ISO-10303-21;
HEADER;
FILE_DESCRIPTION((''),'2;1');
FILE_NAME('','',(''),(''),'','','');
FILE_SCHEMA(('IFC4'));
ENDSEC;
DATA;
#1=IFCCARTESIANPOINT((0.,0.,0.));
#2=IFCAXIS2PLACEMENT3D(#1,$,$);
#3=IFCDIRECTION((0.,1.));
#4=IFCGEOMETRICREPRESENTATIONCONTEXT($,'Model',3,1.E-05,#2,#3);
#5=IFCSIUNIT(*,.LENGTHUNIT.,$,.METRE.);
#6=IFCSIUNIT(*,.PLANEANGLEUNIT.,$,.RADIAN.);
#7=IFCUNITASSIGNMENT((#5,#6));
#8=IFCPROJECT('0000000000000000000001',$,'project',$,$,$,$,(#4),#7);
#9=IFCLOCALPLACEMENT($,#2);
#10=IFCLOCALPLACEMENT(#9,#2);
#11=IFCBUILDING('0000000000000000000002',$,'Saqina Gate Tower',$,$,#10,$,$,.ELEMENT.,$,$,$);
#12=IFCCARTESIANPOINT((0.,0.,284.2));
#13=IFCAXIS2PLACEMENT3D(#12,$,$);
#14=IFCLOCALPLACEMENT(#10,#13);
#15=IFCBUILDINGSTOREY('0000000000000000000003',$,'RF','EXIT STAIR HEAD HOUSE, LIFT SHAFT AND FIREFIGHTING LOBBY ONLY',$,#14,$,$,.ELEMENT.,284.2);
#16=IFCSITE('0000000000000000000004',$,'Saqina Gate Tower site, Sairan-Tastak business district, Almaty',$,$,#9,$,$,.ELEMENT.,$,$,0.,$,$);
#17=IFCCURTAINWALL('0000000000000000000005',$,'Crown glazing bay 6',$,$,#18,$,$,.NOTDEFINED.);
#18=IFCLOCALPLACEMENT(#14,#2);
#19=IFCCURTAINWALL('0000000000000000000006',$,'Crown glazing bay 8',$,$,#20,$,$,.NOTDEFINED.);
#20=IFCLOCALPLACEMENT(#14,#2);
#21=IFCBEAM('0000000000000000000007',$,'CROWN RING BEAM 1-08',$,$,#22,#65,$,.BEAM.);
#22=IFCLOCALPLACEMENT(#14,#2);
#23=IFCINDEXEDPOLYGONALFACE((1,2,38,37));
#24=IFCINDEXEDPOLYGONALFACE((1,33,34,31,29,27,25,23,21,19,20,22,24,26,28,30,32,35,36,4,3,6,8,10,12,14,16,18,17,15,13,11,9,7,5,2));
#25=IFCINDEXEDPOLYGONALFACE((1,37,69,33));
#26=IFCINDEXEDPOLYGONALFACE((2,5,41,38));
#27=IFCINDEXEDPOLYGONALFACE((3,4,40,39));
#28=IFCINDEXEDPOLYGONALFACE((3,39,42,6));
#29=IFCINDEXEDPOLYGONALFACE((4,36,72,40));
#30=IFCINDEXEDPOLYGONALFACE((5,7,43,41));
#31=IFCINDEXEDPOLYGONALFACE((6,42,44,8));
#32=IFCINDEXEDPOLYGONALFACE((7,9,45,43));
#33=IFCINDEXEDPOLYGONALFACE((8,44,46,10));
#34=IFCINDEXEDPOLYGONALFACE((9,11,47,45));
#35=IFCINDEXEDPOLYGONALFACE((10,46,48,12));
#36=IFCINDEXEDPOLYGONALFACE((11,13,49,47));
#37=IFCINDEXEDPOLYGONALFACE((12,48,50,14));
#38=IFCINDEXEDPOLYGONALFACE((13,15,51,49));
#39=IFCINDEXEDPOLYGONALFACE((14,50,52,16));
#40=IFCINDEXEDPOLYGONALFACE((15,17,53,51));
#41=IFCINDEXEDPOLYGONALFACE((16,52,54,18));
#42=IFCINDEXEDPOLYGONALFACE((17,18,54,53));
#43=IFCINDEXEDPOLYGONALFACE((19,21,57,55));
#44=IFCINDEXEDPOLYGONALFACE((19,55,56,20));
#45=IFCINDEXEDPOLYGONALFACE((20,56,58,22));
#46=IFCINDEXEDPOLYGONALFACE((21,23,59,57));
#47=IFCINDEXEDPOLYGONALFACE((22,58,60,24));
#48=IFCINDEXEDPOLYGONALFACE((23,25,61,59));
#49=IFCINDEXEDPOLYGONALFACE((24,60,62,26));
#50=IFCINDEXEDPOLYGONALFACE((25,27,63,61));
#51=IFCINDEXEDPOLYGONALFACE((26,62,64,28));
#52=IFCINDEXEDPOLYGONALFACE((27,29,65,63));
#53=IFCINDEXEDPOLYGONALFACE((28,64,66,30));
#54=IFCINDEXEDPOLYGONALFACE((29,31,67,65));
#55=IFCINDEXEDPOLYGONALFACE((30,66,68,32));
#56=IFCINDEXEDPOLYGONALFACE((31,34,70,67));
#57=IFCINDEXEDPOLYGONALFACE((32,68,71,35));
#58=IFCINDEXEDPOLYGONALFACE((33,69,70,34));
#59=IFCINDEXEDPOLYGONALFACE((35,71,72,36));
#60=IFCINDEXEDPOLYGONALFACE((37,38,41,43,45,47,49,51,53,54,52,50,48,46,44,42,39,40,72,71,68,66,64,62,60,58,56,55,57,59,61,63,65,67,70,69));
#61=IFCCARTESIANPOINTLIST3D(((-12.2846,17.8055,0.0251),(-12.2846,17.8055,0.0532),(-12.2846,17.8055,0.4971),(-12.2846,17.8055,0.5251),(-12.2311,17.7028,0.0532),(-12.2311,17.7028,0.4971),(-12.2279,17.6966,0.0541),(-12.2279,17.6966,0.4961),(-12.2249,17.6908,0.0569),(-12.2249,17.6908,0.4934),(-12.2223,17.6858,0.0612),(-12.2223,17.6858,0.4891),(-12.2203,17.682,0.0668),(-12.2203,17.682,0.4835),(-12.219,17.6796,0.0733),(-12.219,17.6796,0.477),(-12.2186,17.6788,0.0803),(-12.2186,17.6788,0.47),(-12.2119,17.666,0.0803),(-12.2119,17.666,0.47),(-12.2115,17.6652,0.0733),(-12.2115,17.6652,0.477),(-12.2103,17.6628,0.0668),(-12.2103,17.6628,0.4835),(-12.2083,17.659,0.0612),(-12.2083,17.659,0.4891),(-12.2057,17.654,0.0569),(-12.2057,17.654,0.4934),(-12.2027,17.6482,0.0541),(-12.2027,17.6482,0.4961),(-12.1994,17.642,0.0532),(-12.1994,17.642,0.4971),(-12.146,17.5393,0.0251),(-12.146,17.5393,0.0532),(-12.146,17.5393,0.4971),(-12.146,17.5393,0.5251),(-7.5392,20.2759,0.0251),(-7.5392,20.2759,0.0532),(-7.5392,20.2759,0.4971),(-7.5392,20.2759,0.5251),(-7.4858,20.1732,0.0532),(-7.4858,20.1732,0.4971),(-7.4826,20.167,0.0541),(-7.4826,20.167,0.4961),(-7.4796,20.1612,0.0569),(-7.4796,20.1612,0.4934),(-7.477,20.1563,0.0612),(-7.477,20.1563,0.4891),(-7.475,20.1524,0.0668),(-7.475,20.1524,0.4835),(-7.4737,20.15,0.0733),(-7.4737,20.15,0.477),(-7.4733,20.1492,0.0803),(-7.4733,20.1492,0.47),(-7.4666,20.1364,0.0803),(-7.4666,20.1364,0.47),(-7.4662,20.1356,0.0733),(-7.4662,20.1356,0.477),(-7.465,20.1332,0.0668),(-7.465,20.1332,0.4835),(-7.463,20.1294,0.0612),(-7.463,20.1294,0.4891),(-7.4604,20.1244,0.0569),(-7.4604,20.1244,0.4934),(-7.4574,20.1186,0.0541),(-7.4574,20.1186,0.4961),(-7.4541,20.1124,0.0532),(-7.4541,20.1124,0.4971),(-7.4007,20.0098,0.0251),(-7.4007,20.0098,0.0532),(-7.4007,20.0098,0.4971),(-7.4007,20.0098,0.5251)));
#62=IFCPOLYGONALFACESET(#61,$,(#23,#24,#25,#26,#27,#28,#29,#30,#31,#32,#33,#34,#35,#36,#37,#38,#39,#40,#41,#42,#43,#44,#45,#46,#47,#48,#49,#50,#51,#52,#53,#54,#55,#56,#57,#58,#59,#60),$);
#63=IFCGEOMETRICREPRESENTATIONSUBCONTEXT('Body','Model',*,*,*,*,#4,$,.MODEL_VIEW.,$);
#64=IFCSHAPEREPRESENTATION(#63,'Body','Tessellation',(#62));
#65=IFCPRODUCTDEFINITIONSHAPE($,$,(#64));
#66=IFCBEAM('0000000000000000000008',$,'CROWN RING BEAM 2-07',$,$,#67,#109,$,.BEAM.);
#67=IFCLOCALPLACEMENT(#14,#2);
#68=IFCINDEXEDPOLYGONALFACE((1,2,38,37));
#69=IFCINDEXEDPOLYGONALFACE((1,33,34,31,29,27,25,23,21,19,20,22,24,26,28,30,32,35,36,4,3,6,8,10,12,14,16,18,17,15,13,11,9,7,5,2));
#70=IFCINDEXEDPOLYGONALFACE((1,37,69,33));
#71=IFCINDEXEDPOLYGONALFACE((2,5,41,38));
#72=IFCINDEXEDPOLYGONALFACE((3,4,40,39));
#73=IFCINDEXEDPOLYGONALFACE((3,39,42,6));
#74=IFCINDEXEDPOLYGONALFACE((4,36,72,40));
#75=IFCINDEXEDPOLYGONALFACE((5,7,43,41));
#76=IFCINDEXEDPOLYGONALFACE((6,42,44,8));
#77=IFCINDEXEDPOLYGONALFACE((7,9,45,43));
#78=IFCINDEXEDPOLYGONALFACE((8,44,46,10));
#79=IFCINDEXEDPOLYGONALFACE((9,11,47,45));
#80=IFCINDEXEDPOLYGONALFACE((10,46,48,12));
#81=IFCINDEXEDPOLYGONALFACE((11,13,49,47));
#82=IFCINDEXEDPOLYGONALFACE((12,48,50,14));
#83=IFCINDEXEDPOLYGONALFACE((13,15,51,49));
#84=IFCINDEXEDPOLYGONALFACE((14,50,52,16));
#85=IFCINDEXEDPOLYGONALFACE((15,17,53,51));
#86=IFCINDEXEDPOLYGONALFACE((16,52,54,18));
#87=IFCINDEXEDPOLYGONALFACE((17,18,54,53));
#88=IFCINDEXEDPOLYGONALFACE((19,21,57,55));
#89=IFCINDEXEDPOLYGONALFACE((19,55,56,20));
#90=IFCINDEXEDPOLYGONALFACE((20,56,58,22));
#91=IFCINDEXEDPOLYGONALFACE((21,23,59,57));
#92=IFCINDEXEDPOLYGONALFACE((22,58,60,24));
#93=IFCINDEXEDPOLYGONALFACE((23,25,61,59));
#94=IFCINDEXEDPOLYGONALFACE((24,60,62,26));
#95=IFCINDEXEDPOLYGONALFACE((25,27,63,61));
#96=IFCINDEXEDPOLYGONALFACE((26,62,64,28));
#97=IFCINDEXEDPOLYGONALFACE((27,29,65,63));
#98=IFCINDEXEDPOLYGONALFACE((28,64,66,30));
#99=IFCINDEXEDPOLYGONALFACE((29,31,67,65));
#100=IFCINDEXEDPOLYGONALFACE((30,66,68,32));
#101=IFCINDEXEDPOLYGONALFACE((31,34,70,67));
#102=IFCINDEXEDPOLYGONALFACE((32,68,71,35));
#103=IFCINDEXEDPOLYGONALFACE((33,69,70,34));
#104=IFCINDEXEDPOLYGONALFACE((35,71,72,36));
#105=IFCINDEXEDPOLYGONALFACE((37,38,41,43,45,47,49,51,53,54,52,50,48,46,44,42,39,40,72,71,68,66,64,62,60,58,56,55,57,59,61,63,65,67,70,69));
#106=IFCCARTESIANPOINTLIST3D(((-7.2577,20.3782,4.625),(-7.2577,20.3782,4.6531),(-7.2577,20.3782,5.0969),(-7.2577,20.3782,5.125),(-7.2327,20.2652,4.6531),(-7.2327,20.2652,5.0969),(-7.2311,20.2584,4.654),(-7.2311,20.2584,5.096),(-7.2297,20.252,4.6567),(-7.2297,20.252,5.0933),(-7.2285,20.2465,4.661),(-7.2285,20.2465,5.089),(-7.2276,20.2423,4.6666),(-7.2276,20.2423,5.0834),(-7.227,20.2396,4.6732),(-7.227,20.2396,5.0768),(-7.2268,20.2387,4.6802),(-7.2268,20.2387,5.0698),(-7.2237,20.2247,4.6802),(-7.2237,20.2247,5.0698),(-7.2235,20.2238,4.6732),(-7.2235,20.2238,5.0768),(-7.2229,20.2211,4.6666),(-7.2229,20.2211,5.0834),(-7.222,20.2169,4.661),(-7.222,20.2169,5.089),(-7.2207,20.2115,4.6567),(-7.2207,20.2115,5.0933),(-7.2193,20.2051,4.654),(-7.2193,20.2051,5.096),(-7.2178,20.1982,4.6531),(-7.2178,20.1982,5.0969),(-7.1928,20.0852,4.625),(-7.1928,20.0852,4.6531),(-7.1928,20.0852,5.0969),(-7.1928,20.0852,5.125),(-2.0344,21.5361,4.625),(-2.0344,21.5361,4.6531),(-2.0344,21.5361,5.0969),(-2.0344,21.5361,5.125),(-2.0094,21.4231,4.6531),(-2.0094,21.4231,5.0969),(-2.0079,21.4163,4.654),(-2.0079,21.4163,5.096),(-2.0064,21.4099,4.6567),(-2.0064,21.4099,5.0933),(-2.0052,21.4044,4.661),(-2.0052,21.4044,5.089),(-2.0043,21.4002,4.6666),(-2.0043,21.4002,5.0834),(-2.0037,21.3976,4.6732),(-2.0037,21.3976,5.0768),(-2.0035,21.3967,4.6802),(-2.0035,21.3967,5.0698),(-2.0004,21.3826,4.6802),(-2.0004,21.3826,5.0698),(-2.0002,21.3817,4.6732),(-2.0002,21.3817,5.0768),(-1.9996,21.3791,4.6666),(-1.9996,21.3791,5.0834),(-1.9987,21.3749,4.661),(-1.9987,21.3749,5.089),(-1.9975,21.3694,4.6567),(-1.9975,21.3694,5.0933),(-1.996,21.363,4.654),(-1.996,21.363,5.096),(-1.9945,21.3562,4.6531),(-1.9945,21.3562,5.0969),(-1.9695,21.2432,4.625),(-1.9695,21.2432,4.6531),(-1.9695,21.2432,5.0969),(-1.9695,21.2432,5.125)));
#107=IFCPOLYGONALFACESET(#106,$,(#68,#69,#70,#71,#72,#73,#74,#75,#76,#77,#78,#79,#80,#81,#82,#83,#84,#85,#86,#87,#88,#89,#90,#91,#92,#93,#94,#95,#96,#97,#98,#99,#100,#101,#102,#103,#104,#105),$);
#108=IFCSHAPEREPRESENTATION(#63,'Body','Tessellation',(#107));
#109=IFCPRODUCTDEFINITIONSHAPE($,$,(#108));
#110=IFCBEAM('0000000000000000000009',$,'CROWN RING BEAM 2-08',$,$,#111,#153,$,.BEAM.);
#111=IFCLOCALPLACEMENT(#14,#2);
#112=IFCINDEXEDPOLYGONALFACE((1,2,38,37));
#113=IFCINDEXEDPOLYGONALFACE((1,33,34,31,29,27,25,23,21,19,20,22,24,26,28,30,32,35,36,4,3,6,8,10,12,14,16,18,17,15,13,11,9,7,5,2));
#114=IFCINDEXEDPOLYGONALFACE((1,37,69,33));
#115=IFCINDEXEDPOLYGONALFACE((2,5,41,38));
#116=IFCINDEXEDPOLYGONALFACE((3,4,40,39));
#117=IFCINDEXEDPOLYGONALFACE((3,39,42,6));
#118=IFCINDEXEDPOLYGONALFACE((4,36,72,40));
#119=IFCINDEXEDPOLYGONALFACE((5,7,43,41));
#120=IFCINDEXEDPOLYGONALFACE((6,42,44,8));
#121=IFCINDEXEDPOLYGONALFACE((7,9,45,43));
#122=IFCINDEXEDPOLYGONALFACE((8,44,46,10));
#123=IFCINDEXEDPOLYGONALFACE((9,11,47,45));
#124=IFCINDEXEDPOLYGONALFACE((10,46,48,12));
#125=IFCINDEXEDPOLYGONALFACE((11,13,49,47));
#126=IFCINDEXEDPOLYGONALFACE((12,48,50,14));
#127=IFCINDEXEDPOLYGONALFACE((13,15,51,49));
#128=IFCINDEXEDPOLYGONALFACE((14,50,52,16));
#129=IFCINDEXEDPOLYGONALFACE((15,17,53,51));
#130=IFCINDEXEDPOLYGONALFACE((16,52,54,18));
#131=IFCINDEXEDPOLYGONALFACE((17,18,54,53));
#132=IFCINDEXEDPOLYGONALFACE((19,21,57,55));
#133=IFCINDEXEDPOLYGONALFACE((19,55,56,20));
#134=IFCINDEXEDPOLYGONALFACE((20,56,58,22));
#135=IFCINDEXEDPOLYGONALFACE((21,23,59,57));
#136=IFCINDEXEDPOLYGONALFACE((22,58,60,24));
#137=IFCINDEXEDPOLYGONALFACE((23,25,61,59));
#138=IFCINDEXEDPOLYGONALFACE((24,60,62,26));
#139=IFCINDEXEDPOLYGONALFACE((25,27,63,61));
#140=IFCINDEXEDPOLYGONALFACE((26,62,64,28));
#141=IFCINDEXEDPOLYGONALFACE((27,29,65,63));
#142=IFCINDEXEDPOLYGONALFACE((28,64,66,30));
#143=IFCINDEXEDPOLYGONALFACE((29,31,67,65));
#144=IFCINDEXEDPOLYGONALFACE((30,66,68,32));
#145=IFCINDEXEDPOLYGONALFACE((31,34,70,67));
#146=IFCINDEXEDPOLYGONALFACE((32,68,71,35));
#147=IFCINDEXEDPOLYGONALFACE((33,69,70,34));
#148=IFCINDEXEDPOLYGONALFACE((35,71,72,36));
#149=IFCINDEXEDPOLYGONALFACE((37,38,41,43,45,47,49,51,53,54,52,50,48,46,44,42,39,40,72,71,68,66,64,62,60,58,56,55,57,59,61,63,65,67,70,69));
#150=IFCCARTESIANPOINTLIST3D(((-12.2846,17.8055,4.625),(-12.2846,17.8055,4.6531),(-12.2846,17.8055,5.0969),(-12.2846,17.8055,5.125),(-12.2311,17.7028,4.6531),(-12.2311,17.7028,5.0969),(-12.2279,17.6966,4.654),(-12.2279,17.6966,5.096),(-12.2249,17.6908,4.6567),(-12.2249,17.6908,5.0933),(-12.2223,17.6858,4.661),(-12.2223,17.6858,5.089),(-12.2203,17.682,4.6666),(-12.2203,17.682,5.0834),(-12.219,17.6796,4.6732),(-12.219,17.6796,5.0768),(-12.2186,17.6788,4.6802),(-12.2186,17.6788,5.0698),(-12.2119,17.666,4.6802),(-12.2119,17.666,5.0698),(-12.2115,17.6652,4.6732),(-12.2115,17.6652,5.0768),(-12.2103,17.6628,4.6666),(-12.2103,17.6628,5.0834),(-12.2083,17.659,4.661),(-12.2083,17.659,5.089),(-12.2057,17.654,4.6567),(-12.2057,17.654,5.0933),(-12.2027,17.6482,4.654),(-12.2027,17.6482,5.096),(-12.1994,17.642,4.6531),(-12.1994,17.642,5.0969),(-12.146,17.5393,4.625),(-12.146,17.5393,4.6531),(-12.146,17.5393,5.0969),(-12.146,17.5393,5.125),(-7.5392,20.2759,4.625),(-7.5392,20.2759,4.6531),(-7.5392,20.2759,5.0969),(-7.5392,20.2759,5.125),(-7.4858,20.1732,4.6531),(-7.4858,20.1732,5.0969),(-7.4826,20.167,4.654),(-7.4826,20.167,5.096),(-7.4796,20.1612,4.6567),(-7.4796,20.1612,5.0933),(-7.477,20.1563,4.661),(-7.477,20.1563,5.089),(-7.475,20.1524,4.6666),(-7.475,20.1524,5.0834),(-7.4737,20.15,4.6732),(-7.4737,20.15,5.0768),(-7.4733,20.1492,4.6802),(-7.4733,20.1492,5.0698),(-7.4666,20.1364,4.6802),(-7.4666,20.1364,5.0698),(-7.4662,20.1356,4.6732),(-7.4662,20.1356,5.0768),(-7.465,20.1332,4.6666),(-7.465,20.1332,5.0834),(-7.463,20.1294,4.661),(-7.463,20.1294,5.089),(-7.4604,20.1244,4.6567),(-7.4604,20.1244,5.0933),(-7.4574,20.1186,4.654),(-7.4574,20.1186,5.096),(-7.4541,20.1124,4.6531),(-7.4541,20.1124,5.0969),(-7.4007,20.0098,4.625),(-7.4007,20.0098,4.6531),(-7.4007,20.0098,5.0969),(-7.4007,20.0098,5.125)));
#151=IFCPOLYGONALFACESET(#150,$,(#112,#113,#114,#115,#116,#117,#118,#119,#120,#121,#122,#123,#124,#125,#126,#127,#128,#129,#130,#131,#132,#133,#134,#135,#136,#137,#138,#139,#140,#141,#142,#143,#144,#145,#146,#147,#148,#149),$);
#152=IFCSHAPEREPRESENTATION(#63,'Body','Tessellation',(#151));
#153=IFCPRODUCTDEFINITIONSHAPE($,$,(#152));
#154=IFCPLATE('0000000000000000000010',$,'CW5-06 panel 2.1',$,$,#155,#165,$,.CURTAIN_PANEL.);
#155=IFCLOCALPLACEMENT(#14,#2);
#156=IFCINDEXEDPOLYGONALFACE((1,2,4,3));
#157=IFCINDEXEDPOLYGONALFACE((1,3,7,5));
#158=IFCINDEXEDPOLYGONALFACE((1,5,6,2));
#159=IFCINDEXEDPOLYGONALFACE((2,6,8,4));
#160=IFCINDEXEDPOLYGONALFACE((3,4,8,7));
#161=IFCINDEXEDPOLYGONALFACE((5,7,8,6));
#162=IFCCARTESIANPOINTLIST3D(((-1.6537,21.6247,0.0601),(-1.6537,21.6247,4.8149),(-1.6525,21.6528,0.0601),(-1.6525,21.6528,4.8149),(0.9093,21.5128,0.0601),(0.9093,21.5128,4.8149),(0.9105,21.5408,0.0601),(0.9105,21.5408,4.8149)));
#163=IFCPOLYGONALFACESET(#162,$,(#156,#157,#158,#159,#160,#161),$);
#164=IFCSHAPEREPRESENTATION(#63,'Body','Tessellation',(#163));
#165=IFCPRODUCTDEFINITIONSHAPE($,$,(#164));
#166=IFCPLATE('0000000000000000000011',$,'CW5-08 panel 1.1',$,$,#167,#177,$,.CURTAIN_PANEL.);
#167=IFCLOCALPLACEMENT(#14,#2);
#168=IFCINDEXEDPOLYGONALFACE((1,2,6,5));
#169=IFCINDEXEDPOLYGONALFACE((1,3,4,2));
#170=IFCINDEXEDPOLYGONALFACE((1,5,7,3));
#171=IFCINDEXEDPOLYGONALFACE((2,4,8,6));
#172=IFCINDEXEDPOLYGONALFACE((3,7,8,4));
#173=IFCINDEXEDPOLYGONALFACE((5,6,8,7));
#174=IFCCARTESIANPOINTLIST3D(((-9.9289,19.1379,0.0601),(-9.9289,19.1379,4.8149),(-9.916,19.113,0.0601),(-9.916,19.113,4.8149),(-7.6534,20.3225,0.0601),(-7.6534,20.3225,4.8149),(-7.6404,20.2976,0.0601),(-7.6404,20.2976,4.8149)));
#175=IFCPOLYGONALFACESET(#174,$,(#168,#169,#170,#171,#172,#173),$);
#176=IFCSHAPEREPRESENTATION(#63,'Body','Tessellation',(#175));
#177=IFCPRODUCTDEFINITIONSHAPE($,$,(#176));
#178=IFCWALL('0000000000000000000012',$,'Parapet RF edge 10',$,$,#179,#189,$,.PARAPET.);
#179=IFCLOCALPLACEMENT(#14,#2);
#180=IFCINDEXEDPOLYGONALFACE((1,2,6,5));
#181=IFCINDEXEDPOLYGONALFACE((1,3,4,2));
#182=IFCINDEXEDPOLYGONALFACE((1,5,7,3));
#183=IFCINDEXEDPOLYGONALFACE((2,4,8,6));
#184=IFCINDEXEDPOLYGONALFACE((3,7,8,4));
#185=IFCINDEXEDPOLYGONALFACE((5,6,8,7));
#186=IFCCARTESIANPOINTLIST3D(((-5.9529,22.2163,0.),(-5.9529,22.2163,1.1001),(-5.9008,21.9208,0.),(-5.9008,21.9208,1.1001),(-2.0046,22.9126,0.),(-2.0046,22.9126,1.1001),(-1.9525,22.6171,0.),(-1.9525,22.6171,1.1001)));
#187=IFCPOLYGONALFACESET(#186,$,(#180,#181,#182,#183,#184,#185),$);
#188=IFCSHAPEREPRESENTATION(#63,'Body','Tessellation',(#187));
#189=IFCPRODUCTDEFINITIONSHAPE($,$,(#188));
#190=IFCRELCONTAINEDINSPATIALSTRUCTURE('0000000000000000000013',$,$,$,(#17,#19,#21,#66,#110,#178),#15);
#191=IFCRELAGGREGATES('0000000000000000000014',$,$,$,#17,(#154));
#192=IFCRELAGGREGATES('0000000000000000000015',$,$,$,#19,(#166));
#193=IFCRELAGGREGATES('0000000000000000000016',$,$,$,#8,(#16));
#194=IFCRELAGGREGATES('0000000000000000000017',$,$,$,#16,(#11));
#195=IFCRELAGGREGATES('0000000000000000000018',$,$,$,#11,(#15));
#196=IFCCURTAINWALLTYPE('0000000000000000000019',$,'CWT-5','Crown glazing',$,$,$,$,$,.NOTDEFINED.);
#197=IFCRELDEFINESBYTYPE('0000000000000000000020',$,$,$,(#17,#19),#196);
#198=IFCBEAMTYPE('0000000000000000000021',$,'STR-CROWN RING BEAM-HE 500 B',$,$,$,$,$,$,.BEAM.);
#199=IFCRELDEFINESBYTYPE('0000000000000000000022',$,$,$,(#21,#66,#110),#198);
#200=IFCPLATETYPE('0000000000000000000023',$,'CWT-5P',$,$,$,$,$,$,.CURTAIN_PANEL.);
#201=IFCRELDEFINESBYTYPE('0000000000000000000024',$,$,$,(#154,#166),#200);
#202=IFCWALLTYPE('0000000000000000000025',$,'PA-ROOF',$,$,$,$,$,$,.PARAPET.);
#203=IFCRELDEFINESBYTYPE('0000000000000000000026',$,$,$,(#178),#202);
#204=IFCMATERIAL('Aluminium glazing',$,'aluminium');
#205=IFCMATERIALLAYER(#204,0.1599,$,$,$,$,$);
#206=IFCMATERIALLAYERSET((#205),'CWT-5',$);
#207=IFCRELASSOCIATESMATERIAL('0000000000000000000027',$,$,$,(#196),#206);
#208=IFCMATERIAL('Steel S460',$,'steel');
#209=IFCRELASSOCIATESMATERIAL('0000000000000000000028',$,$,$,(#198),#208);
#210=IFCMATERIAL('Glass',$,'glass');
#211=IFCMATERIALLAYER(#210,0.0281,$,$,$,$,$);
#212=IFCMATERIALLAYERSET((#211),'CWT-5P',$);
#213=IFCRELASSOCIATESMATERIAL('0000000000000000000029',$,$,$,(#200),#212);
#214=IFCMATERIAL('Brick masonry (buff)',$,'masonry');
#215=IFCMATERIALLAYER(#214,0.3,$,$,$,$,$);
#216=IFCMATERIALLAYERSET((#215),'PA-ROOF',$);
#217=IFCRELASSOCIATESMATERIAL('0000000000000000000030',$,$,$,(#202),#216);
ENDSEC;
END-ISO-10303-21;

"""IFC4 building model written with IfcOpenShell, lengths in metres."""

from ifc_helpers import new_model, si_unit, direction, frame, frame_2d, origin, origin_2d, place, context, subcontext, project, spatial, rectangle, i_section, extrude, material, layer, layer_set, material_profile, profile_set, type_object, element, aggregate, save


model = new_model("IFC4")

# Units and contexts
model_context = context("Model", 3, precision=1e-05, world=origin(), true_north=direction((0.0, 1.0)))
body_context = subcontext(model_context, "Body", "Model", "MODEL_VIEW")
ifc_project = project(units=[si_unit("LENGTHUNIT", "METRE"), si_unit("PLANEANGLEUNIT", "RADIAN")], contexts=[model_context])

# Site, building, storey
site_placement = place(None, origin())
site = spatial("IfcSite", under=ifc_project, at=site_placement, Name="Saqina Gate Tower site, Sairan-Tastak business district, Almaty", CompositionType="ELEMENT", RefElevation=0.0)
building_placement = place(site_placement, origin())
building = spatial("IfcBuilding", under=site, at=building_placement, Name="Saqina Gate Tower", CompositionType="ELEMENT")
storey_placement = place(building_placement, frame((0.0, 0.0, 284.2)))
storey = spatial("IfcBuildingStorey", under=building, at=storey_placement, Name="RF", Description="EXIT STAIR HEAD HOUSE, LIFT SHAFT AND FIREFIGHTING LOBBY ONLY", CompositionType="ELEMENT", Elevation=284.2)

# Curtain wall
ifc_material_1 = material(Name="Aluminium glazing", Category="aluminium")
ifc_layer_1 = layer(ifc_material_1, 0.1599)
ifc_layer_set_1 = layer_set([ifc_layer_1], Name="CWT-5")
curtain_wall_type = type_object("IfcCurtainWallType", Name="CWT-5", Description="Crown glazing", PredefinedType="NOTDEFINED", material=ifc_layer_set_1)
curtain_wall_1_placement = place(storey_placement, origin())
curtain_wall_1 = element("IfcCurtainWall", 1, at=curtain_wall_1_placement, inside=storey, type_object=curtain_wall_type, Name="Crown glazing bay 6", PredefinedType="NOTDEFINED")

# Curtain wall
curtain_wall_2_placement = place(storey_placement, origin())
curtain_wall_2 = element("IfcCurtainWall", 2, at=curtain_wall_2_placement, inside=storey, type_object=curtain_wall_type, Name="Crown glazing bay 8", PredefinedType="NOTDEFINED")

# Beams
ifc_material_2 = material(Name="Steel S460", Category="steel")
ifc_material_profile_1 = material_profile(ifc_material_2, i_section(OverallWidth=0.3, OverallDepth=0.5, WebThickness=0.0144, FlangeThickness=0.0281, FilletRadius=0.0271, at=origin_2d()), Name="HE 500 B")
ifc_profile_set_1 = profile_set([ifc_material_profile_1], Name="Steel S460")
beam_type_1 = type_object("IfcBeamType", Name="STR-CROWN RING BEAM-HE 500 B", PredefinedType="BEAM", material=ifc_profile_set_1)
beam_1_placement = place(storey_placement, frame((-7.47, 20.1428, 0.2751), z_axis=(-0.886997, -0.461775, 0.0), x_axis=(0.461775, -0.886997, 0.0)))
element("IfcBeam", 3, at=beam_1_placement, inside=storey, type_object=beam_type_1, Name="CROWN RING BEAM 1-08", PredefinedType="BEAM", context=body_context, shape_type="SweptSolid", body=[
    extrude(i_section(OverallWidth=0.3, OverallDepth=0.5, WebThickness=0.0144, FlangeThickness=0.0281, FilletRadius=0.0271, at=origin_2d()), origin(), (0.0, 0.0, 1.0), 5.3499),
])
beam_2_placement = place(storey_placement, frame((-2.002, 21.3896, 4.875), z_axis=(-0.976298, -0.216433, 0.0), x_axis=(0.216433, -0.976298, 0.0)))
element("IfcBeam", 4, at=beam_2_placement, inside=storey, type_object=beam_type_1, Name="CROWN RING BEAM 2-07", PredefinedType="BEAM", context=body_context, shape_type="SweptSolid", body=[
    extrude(i_section(OverallWidth=0.3, OverallDepth=0.5, WebThickness=0.0144, FlangeThickness=0.0281, FilletRadius=0.0271, at=origin_2d()), origin(), (0.0, 0.0, 1.0), 5.3501),
])
beam_3_placement = place(storey_placement, frame((-7.47, 20.1428, 4.875), z_axis=(-0.886997, -0.461775, 0.0), x_axis=(0.461775, -0.886997, 0.0)))
element("IfcBeam", 5, at=beam_3_placement, inside=storey, type_object=beam_type_1, Name="CROWN RING BEAM 2-08", PredefinedType="BEAM", context=body_context, shape_type="SweptSolid", body=[
    extrude(i_section(OverallWidth=0.3, OverallDepth=0.5, WebThickness=0.0144, FlangeThickness=0.0281, FilletRadius=0.0271, at=origin_2d()), origin(), (0.0, 0.0, 1.0), 5.3499),
])

# Plates
ifc_material_3 = material(Name="Glass", Category="glass")
ifc_layer_2 = layer(ifc_material_3, 0.0281)
ifc_layer_set_2 = layer_set([ifc_layer_2], Name="CWT-5P")
plate_type = type_object("IfcPlateType", Name="CWT-5P", PredefinedType="CURTAIN_PANEL", material=ifc_layer_set_2)
plate_1_placement = place(storey_placement, frame((-0.3716, 21.5828, 0.0601), z_axis=(0.0, 0.0, 1.0), x_axis=(-0.999048, 0.043629, 0.0)))
plate_1 = element("IfcPlate", 6, at=plate_1_placement, type_object=plate_type, Name="CW5-06 panel 2.1", PredefinedType="CURTAIN_PANEL", context=body_context, shape_type="SweptSolid", body=[
    extrude(rectangle(XDim=2.5654, YDim=0.0281, at=origin_2d()), origin(), (0.0, 0.0, 1.0), 4.7549),
])
aggregate(curtain_wall_1, [plate_1])
plate_2_placement = place(storey_placement, frame((-8.7847, 19.7178, 0.0601), z_axis=(0.0, 0.0, 1.0), x_axis=(-0.88701, -0.461751, 0.0)))
plate_2 = element("IfcPlate", 7, at=plate_2_placement, type_object=plate_type, Name="CW5-08 panel 1.1", PredefinedType="CURTAIN_PANEL", context=body_context, shape_type="SweptSolid", body=[
    extrude(rectangle(XDim=2.5654, YDim=0.0281, at=origin_2d()), origin(), (0.0, 0.0, 1.0), 4.7549),
])
aggregate(curtain_wall_2, [plate_2])

# Wall
ifc_material_4 = material(Name="Brick masonry (buff)", Category="masonry")
ifc_layer_3 = layer(ifc_material_4, 0.3)
ifc_layer_set_3 = layer_set([ifc_layer_3], Name="PA-ROOF")
wall_type = type_object("IfcWallType", Name="PA-ROOF", PredefinedType="PARAPET", material=ifc_layer_set_3)
wall_placement = place(storey_placement, frame((-1.9785, 22.7649, 0.0), z_axis=(0.0, 0.0, 1.0), x_axis=(-0.984803, -0.173674, 0.0)))
element("IfcWall", 8, at=wall_placement, inside=storey, type_object=wall_type, Name="Parapet RF edge 10", PredefinedType="PARAPET", context=body_context, shape_type="SweptSolid", body=[
    extrude(rectangle(XDim=4.0093, YDim=0.3, at=frame_2d((2.0046, 0.0))), origin(), (0.0, 0.0, 1.0), 1.1001),
])

save(model, "model.ifc")
